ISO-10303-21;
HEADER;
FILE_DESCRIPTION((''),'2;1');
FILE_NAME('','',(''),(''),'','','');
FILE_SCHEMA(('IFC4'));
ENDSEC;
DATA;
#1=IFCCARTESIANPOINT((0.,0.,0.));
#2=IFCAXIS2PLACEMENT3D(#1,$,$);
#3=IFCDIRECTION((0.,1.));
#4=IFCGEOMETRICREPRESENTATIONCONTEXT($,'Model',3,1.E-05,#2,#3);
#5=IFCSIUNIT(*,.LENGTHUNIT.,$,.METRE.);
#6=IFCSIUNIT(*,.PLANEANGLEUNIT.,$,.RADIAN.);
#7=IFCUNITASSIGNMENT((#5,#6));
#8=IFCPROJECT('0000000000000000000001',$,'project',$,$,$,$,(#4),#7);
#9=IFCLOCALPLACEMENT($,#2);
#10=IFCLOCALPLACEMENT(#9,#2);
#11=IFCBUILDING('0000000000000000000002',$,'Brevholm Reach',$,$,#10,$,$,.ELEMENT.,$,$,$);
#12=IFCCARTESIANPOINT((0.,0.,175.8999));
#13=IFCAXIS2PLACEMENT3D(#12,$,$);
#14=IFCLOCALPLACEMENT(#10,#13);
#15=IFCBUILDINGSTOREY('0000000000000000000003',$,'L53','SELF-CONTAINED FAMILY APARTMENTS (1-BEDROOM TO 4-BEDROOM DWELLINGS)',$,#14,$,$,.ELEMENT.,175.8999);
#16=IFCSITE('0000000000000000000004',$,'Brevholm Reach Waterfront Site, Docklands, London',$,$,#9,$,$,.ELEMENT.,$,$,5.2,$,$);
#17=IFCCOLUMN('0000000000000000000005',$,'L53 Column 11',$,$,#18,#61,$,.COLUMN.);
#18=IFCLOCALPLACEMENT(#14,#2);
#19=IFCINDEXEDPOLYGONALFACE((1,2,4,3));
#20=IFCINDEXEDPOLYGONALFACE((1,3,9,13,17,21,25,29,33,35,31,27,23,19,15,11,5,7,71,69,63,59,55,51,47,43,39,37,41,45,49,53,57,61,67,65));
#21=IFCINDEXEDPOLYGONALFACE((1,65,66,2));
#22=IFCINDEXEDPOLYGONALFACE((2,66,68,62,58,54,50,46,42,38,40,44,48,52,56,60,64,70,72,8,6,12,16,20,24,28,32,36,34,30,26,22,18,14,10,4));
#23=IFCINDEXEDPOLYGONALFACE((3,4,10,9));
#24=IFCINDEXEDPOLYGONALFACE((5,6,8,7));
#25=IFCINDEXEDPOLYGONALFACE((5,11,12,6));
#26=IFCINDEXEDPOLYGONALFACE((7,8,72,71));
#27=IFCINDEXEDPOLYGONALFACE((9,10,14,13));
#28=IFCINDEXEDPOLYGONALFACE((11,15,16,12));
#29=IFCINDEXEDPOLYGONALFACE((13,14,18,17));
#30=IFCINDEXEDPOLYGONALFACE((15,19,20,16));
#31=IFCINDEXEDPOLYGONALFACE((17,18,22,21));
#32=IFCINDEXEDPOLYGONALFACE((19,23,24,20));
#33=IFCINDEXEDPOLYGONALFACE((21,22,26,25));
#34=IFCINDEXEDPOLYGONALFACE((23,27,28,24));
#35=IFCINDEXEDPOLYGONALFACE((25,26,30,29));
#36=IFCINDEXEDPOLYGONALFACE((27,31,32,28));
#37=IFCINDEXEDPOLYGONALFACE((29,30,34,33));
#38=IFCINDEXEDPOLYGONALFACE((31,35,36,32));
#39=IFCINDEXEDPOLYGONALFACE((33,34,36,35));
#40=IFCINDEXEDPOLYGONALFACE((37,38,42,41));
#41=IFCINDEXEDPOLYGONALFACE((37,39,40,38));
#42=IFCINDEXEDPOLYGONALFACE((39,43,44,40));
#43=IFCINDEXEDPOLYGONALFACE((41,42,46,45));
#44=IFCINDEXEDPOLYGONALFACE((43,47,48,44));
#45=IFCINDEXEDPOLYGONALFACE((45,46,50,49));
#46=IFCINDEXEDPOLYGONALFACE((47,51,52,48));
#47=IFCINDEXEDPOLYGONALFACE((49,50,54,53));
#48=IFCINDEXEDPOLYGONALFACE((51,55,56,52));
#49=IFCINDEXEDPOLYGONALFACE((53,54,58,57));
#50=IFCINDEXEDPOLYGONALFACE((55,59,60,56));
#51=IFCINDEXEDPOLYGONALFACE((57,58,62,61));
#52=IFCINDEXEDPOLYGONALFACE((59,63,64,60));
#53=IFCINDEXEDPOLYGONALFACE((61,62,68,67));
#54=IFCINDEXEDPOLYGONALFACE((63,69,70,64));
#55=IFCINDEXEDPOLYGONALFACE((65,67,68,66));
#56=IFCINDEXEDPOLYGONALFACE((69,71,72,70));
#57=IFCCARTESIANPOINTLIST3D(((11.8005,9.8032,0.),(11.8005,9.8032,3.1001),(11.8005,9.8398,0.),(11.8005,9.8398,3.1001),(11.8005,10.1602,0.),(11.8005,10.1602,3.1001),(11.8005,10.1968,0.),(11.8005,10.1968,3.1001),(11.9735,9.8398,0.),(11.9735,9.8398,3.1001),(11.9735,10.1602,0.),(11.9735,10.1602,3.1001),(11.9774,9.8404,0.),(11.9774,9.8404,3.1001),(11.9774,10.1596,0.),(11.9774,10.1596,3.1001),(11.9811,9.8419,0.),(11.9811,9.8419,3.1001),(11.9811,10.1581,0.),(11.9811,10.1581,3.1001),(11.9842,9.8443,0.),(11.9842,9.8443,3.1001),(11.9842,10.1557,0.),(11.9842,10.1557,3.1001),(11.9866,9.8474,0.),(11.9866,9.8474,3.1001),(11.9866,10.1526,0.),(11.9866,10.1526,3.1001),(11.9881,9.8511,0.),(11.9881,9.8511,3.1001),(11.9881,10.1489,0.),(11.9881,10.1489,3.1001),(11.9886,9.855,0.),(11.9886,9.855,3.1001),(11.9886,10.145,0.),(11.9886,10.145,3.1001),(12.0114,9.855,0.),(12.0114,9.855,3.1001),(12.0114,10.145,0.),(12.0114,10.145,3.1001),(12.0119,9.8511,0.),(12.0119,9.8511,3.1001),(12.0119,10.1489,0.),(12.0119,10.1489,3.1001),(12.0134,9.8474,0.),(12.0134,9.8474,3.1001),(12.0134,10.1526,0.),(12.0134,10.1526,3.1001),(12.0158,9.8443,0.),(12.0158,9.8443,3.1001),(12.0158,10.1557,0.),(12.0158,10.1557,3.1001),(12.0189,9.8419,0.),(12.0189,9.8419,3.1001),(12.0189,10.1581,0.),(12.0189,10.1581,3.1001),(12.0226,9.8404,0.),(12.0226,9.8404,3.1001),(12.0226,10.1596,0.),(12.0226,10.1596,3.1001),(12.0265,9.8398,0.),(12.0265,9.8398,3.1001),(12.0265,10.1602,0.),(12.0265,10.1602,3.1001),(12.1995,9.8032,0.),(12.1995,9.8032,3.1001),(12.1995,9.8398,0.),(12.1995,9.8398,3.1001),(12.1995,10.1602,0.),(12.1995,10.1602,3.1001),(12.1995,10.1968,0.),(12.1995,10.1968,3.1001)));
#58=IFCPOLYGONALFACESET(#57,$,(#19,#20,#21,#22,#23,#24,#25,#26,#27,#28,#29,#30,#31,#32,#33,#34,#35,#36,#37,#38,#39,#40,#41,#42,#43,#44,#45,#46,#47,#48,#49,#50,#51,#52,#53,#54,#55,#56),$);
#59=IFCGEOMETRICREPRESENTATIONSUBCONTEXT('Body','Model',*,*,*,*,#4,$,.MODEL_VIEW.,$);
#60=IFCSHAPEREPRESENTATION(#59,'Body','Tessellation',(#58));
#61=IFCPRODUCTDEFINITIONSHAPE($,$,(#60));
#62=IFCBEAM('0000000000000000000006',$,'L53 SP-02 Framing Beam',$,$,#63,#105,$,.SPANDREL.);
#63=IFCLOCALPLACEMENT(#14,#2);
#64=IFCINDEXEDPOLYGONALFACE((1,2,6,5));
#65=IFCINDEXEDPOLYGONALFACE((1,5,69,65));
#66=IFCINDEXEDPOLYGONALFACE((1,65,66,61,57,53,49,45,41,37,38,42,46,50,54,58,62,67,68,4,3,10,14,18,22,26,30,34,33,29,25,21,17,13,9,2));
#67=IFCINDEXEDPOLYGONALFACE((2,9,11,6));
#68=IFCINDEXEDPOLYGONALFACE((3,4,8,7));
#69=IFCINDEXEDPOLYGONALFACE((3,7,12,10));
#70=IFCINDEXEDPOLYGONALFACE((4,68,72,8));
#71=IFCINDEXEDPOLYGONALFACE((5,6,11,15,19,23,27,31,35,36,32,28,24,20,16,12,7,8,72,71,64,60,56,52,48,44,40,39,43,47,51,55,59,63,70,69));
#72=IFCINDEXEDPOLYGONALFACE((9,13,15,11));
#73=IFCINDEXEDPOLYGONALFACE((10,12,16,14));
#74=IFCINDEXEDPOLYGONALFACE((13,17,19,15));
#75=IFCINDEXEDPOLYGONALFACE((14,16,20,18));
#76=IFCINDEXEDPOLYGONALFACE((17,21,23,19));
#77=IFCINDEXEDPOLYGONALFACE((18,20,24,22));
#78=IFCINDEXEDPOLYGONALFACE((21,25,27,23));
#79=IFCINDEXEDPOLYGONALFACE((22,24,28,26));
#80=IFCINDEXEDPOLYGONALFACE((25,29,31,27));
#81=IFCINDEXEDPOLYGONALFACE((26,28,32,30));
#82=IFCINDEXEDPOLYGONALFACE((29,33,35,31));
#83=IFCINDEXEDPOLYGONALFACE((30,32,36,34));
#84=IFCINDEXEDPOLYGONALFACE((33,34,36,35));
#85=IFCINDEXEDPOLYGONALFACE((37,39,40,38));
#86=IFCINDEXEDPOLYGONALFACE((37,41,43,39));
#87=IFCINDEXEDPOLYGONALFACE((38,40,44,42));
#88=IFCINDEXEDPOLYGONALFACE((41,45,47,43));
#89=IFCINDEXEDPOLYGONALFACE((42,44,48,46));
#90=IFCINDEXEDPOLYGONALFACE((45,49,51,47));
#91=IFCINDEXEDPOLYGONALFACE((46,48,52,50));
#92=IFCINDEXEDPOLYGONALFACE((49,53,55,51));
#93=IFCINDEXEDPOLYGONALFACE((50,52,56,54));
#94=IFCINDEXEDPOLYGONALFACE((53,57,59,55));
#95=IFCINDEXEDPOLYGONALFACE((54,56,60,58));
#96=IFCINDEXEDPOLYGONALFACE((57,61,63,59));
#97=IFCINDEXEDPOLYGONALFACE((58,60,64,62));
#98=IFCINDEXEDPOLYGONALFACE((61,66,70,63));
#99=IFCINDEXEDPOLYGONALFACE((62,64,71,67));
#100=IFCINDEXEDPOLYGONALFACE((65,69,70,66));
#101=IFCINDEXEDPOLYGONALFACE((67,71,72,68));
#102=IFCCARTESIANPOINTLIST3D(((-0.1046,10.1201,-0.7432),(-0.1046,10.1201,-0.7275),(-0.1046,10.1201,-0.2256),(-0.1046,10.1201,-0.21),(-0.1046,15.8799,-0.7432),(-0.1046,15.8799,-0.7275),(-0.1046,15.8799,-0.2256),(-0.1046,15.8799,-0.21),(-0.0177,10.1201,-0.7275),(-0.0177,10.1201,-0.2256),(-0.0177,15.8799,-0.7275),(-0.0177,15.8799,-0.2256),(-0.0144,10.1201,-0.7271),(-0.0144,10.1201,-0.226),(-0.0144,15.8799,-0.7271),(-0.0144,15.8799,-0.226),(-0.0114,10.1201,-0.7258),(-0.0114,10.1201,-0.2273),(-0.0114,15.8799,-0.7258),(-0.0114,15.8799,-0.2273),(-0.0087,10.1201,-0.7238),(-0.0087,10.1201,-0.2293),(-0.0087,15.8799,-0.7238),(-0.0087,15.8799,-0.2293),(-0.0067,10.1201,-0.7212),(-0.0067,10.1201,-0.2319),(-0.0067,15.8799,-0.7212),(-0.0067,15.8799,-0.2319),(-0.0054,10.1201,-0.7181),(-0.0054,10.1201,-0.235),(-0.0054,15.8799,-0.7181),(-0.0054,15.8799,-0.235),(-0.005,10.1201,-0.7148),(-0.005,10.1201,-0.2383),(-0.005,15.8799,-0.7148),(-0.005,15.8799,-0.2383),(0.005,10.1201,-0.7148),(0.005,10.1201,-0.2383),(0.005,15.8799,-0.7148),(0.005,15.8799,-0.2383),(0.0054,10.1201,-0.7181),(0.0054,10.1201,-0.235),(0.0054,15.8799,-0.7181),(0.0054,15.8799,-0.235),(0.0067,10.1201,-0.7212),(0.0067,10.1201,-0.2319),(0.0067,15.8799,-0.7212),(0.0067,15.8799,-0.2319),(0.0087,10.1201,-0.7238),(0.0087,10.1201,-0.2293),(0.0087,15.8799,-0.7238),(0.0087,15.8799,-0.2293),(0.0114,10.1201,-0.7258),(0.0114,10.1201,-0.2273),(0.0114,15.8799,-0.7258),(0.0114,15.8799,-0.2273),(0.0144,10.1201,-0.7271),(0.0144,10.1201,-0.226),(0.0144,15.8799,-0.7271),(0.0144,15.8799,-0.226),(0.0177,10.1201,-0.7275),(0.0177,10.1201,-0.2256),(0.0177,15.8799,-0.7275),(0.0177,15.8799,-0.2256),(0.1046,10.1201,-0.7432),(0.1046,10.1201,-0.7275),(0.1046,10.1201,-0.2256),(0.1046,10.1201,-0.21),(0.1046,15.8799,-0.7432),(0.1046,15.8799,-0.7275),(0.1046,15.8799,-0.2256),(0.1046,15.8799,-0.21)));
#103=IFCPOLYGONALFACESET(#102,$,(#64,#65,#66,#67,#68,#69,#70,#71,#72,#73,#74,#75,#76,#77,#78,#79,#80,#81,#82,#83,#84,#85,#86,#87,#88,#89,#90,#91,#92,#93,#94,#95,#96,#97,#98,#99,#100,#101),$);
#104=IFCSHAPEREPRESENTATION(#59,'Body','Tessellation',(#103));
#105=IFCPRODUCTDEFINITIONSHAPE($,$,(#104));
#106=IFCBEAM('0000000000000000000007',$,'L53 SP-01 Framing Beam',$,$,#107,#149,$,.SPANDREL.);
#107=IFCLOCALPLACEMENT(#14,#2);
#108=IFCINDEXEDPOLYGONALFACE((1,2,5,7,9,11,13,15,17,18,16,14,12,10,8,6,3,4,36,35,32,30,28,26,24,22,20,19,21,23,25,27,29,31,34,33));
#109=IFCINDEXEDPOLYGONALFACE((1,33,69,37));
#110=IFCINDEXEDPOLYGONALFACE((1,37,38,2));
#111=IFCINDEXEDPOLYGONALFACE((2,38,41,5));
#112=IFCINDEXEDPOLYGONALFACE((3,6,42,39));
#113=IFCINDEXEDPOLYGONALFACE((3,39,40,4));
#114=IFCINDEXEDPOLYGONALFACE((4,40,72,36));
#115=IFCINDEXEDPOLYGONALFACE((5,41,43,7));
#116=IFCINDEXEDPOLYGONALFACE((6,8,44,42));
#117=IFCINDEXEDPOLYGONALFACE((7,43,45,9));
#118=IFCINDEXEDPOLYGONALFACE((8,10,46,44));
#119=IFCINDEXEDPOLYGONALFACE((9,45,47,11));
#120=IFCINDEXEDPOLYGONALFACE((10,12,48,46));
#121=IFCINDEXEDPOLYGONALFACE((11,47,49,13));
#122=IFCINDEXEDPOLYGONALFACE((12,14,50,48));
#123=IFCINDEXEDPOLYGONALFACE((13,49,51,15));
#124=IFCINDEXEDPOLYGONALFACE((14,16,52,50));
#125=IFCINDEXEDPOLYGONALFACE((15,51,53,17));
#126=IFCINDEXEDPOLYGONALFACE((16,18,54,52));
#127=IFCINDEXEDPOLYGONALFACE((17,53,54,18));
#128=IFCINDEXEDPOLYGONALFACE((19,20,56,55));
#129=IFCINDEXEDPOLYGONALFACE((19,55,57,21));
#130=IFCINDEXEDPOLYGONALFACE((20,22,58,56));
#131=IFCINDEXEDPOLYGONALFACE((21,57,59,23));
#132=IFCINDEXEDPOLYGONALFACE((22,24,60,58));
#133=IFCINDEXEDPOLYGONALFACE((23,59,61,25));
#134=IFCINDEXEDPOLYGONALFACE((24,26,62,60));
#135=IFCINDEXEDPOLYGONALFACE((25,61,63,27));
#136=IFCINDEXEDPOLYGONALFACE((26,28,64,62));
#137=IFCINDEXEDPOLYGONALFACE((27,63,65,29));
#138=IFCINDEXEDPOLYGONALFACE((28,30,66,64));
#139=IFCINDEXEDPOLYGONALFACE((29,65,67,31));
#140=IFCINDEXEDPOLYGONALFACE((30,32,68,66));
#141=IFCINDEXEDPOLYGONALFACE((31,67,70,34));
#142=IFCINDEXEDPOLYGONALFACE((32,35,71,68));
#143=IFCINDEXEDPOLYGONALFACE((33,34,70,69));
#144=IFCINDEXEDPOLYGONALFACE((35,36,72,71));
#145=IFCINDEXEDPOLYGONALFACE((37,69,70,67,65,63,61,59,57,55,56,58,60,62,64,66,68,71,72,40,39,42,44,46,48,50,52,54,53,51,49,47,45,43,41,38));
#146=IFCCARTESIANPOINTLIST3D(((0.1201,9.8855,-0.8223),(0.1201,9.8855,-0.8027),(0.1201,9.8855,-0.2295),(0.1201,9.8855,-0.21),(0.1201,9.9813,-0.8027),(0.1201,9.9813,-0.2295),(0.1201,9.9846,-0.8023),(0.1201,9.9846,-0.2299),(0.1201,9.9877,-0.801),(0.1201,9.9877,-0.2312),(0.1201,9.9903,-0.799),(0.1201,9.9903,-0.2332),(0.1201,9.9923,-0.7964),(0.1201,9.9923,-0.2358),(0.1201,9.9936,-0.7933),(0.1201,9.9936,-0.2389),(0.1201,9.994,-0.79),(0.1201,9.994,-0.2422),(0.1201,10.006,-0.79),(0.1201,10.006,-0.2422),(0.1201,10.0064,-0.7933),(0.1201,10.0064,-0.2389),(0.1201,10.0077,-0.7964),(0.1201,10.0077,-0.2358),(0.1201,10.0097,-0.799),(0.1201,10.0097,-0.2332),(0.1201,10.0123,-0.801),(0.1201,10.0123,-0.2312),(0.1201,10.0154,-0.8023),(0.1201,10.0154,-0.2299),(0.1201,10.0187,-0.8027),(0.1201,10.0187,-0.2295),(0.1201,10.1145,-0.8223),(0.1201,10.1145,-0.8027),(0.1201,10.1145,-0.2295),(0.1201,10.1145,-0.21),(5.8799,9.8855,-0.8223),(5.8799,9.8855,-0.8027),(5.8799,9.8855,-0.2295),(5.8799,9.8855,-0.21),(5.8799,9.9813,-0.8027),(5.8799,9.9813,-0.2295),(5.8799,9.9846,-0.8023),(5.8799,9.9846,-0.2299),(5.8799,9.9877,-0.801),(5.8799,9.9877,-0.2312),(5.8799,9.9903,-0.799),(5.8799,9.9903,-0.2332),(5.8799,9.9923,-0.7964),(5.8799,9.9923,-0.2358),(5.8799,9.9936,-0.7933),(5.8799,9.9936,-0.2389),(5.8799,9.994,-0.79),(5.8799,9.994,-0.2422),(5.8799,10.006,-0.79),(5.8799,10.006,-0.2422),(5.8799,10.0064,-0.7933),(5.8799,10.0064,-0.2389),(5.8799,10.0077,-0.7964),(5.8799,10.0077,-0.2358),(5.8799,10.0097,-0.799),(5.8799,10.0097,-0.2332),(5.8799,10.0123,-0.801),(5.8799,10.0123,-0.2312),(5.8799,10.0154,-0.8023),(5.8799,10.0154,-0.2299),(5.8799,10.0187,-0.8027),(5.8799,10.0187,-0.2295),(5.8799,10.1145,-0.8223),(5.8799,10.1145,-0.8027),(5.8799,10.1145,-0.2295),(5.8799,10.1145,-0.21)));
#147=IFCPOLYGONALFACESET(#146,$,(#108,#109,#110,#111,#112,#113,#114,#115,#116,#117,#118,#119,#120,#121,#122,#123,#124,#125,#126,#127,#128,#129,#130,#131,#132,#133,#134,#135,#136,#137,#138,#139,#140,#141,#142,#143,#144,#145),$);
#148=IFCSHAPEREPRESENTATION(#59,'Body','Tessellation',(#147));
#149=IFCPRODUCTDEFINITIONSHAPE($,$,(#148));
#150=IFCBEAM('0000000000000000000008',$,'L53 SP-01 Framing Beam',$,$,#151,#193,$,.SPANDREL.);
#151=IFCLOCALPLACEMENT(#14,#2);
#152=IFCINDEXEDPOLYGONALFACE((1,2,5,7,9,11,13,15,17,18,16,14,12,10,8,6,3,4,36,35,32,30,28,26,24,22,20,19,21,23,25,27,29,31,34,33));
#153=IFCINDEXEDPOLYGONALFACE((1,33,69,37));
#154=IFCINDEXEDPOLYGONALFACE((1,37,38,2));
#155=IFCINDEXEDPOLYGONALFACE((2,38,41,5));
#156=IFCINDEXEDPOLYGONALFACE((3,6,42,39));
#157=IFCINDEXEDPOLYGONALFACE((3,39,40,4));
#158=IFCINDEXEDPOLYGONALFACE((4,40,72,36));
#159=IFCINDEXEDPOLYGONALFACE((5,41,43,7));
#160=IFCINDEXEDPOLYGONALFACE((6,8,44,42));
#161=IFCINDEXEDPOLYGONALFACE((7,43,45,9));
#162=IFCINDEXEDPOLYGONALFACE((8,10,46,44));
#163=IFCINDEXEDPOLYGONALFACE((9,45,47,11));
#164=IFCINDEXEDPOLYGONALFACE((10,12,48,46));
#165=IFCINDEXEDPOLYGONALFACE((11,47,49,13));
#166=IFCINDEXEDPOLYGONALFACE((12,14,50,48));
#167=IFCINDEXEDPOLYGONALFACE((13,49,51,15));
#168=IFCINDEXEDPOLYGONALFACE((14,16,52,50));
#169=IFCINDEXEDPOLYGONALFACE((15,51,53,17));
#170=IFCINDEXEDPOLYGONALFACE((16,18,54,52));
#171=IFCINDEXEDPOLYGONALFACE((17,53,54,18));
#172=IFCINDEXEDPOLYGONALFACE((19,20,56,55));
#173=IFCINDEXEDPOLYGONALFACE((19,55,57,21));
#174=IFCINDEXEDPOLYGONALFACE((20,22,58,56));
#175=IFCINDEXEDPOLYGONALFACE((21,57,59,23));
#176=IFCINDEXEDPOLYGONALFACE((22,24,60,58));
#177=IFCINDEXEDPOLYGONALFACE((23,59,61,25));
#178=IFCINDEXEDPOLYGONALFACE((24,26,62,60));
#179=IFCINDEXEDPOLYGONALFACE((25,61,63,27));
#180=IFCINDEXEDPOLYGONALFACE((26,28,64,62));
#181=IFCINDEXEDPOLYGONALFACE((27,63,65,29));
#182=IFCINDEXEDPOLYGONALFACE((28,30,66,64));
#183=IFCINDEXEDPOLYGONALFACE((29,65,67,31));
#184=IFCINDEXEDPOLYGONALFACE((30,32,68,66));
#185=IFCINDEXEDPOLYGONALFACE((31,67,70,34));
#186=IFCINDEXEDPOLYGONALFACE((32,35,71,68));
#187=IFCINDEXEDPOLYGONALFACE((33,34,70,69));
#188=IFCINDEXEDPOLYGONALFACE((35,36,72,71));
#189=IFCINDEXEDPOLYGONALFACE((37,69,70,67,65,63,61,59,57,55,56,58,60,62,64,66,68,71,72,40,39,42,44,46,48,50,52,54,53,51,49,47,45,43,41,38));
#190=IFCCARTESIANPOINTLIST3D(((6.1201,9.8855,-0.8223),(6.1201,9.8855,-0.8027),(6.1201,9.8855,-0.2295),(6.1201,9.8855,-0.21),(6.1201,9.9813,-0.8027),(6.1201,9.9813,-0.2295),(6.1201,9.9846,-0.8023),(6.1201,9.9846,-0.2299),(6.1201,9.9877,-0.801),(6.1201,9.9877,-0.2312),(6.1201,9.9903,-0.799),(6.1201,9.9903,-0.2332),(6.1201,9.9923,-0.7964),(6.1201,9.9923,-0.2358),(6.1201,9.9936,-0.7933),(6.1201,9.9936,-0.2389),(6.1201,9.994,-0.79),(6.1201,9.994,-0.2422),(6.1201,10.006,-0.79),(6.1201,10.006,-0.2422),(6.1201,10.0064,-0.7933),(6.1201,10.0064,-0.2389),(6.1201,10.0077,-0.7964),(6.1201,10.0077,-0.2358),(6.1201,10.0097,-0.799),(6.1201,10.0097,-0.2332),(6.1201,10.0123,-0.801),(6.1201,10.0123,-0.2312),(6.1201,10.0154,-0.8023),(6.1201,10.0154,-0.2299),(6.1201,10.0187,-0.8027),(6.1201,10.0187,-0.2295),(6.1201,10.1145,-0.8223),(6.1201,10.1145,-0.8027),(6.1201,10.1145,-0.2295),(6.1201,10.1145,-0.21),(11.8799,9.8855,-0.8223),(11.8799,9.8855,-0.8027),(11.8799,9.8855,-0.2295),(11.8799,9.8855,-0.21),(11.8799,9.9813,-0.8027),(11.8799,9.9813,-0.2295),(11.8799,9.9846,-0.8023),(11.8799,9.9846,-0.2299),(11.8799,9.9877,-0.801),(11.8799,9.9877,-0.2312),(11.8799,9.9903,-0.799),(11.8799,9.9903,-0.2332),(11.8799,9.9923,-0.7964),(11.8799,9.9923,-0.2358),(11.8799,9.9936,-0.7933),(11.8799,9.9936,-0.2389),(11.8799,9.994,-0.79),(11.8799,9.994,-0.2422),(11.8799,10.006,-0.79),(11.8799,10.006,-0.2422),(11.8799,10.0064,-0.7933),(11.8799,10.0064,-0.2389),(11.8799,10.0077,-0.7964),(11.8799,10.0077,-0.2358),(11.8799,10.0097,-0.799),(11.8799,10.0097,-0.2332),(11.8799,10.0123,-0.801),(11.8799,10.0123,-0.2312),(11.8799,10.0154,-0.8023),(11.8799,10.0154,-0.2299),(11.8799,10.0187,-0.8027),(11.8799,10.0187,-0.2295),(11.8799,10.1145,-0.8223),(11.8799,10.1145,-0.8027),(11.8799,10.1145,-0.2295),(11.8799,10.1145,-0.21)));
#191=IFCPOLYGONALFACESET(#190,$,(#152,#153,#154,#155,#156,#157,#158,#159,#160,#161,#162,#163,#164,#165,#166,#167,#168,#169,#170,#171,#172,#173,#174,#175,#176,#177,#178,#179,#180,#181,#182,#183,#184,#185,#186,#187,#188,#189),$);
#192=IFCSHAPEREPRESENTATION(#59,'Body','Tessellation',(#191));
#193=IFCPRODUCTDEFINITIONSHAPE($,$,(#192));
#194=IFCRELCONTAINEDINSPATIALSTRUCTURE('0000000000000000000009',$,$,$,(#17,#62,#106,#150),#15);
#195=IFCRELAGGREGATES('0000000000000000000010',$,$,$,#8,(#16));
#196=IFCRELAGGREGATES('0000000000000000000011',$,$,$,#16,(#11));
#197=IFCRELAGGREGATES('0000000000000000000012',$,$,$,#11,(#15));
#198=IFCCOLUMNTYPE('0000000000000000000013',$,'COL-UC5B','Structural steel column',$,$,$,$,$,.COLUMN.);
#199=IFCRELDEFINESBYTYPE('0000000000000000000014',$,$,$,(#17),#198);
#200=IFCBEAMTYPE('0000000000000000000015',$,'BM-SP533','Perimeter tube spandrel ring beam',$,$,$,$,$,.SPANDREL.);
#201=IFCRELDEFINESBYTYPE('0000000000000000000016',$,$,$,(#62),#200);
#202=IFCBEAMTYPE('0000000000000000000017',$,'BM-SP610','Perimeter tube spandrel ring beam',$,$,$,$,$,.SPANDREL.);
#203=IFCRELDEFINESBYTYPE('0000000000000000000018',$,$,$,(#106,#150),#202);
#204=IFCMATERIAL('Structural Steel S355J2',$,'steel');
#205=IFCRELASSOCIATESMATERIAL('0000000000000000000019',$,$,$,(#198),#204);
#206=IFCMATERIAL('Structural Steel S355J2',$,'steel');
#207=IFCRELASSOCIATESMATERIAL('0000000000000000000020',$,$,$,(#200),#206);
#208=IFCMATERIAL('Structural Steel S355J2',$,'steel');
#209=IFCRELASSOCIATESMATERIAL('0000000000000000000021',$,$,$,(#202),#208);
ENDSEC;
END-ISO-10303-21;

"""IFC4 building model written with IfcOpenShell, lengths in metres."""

from ifc_helpers import new_model, si_unit, direction, frame, origin, origin_2d, place, context, subcontext, project, spatial, i_section, extrude, material, material_profile, profile_set, type_object, element, save


model = new_model("IFC4")

# Units and contexts
model_context = context("Model", 3, precision=1e-05, world=origin(), true_north=direction((0.0, 1.0)))
body_context = subcontext(model_context, "Body", "Model", "MODEL_VIEW")
ifc_project = project(units=[si_unit("LENGTHUNIT", "METRE"), si_unit("PLANEANGLEUNIT", "RADIAN")], contexts=[model_context])

# Site, building, storey
site_placement = place(None, origin())
site = spatial("IfcSite", under=ifc_project, at=site_placement, Name="Brevholm Reach Waterfront Site, Docklands, London", CompositionType="ELEMENT", RefElevation=5.2)
building_placement = place(site_placement, origin())
building = spatial("IfcBuilding", under=site, at=building_placement, Name="Brevholm Reach", CompositionType="ELEMENT")
storey_placement = place(building_placement, frame((0.0, 0.0, 175.8999)))
storey = spatial("IfcBuildingStorey", under=building, at=storey_placement, Name="L53", Description="SELF-CONTAINED FAMILY APARTMENTS (1-BEDROOM TO 4-BEDROOM DWELLINGS)", CompositionType="ELEMENT", Elevation=175.8999)

# Column
ifc_material_1 = material(Name="Structural Steel S355J2", Category="steel")
ifc_material_profile_1 = material_profile(ifc_material_1, i_section(OverallWidth=0.3989, OverallDepth=0.3936, WebThickness=0.0227, FlangeThickness=0.0366, FilletRadius=0.0151, at=origin_2d()), Name="UKC 356x406x287")
ifc_profile_set_1 = profile_set([ifc_material_profile_1], Name="Structural Steel S355J2")
column_type_1 = type_object("IfcColumnType", Name="COL-UC5B", Description="Structural steel column", PredefinedType="COLUMN", material=ifc_profile_set_1)
for number, where, z_axis, x_axis, name in (
    (1, (12.0, 10.0, 0.0), (0.0, 0.0, 1.0), (1.0, 0.0, 0.0), "L53 Column 11"),
):
    element("IfcColumn", number, at=place(storey_placement, frame(where, z_axis=z_axis, x_axis=x_axis)), inside=storey, type_object=column_type_1, Name=name, PredefinedType="COLUMN", context=body_context, shape_type="SweptSolid", body=[
        extrude(i_section(OverallWidth=0.3989, OverallDepth=0.3936, WebThickness=0.0227, FlangeThickness=0.0366, FilletRadius=0.0151, at=origin_2d()), origin(), (0.0, 0.0, 1.0), 3.1001),
    ])

# Beams
ifc_material_2 = material(Name="Structural Steel S355J2", Category="steel")
ifc_material_profile_2 = material_profile(ifc_material_2, i_section(OverallWidth=0.2092, OverallDepth=0.5332, WebThickness=0.01, FlangeThickness=0.0156, FilletRadius=0.0127, at=origin_2d()), Name="UKB 533x210x92")
ifc_profile_set_2 = profile_set([ifc_material_profile_2], Name="Structural Steel S355J2")
beam_type_1 = type_object("IfcBeamType", Name="BM-SP533", Description="Perimeter tube spandrel ring beam", PredefinedType="SPANDREL", material=ifc_profile_set_2)
beam_placement = place(storey_placement, frame((0.0, 10.1201, -0.4766), z_axis=(0.0, 1.0, 0.0), x_axis=(-1.0, 0.0, 0.0)))
element("IfcBeam", 2, at=beam_placement, inside=storey, type_object=beam_type_1, Name="L53 SP-02 Framing Beam", PredefinedType="SPANDREL", context=body_context, shape_type="SweptSolid", body=[
    extrude(i_section(OverallWidth=0.2092, OverallDepth=0.5332, WebThickness=0.01, FlangeThickness=0.0156, FilletRadius=0.0127, at=origin_2d()), origin(), (0.0, 0.0, 1.0), 5.7598),
])
ifc_material_3 = material(Name="Structural Steel S355J2", Category="steel")
ifc_material_profile_3 = material_profile(ifc_material_3, i_section(OverallWidth=0.229, OverallDepth=0.6123, WebThickness=0.012, FlangeThickness=0.0195, FilletRadius=0.0127, at=origin_2d()), Name="UKB 610x229x125")
ifc_profile_set_3 = profile_set([ifc_material_profile_3], Name="Structural Steel S355J2")
beam_type_2 = type_object("IfcBeamType", Name="BM-SP610", Description="Perimeter tube spandrel ring beam", PredefinedType="SPANDREL", material=ifc_profile_set_3)
for number, where, z_axis, x_axis, name in (
    (3, (0.1201, 10.0, -0.5161), (1.0, 0.0, 0.0), (0.0, 1.0, 0.0), "L53 SP-01 Framing Beam"),
    (4, (6.1201, 10.0, -0.5161), (1.0, 0.0, 0.0), (0.0, 1.0, 0.0), "L53 SP-01 Framing Beam"),
):
    element("IfcBeam", number, at=place(storey_placement, frame(where, z_axis=z_axis, x_axis=x_axis)), inside=storey, type_object=beam_type_2, Name=name, PredefinedType="SPANDREL", context=body_context, shape_type="SweptSolid", body=[
        extrude(i_section(OverallWidth=0.229, OverallDepth=0.6123, WebThickness=0.012, FlangeThickness=0.0195, FilletRadius=0.0127, at=origin_2d()), origin(), (0.0, 0.0, 1.0), 5.7598),
    ])

save(model, "model.ifc")
